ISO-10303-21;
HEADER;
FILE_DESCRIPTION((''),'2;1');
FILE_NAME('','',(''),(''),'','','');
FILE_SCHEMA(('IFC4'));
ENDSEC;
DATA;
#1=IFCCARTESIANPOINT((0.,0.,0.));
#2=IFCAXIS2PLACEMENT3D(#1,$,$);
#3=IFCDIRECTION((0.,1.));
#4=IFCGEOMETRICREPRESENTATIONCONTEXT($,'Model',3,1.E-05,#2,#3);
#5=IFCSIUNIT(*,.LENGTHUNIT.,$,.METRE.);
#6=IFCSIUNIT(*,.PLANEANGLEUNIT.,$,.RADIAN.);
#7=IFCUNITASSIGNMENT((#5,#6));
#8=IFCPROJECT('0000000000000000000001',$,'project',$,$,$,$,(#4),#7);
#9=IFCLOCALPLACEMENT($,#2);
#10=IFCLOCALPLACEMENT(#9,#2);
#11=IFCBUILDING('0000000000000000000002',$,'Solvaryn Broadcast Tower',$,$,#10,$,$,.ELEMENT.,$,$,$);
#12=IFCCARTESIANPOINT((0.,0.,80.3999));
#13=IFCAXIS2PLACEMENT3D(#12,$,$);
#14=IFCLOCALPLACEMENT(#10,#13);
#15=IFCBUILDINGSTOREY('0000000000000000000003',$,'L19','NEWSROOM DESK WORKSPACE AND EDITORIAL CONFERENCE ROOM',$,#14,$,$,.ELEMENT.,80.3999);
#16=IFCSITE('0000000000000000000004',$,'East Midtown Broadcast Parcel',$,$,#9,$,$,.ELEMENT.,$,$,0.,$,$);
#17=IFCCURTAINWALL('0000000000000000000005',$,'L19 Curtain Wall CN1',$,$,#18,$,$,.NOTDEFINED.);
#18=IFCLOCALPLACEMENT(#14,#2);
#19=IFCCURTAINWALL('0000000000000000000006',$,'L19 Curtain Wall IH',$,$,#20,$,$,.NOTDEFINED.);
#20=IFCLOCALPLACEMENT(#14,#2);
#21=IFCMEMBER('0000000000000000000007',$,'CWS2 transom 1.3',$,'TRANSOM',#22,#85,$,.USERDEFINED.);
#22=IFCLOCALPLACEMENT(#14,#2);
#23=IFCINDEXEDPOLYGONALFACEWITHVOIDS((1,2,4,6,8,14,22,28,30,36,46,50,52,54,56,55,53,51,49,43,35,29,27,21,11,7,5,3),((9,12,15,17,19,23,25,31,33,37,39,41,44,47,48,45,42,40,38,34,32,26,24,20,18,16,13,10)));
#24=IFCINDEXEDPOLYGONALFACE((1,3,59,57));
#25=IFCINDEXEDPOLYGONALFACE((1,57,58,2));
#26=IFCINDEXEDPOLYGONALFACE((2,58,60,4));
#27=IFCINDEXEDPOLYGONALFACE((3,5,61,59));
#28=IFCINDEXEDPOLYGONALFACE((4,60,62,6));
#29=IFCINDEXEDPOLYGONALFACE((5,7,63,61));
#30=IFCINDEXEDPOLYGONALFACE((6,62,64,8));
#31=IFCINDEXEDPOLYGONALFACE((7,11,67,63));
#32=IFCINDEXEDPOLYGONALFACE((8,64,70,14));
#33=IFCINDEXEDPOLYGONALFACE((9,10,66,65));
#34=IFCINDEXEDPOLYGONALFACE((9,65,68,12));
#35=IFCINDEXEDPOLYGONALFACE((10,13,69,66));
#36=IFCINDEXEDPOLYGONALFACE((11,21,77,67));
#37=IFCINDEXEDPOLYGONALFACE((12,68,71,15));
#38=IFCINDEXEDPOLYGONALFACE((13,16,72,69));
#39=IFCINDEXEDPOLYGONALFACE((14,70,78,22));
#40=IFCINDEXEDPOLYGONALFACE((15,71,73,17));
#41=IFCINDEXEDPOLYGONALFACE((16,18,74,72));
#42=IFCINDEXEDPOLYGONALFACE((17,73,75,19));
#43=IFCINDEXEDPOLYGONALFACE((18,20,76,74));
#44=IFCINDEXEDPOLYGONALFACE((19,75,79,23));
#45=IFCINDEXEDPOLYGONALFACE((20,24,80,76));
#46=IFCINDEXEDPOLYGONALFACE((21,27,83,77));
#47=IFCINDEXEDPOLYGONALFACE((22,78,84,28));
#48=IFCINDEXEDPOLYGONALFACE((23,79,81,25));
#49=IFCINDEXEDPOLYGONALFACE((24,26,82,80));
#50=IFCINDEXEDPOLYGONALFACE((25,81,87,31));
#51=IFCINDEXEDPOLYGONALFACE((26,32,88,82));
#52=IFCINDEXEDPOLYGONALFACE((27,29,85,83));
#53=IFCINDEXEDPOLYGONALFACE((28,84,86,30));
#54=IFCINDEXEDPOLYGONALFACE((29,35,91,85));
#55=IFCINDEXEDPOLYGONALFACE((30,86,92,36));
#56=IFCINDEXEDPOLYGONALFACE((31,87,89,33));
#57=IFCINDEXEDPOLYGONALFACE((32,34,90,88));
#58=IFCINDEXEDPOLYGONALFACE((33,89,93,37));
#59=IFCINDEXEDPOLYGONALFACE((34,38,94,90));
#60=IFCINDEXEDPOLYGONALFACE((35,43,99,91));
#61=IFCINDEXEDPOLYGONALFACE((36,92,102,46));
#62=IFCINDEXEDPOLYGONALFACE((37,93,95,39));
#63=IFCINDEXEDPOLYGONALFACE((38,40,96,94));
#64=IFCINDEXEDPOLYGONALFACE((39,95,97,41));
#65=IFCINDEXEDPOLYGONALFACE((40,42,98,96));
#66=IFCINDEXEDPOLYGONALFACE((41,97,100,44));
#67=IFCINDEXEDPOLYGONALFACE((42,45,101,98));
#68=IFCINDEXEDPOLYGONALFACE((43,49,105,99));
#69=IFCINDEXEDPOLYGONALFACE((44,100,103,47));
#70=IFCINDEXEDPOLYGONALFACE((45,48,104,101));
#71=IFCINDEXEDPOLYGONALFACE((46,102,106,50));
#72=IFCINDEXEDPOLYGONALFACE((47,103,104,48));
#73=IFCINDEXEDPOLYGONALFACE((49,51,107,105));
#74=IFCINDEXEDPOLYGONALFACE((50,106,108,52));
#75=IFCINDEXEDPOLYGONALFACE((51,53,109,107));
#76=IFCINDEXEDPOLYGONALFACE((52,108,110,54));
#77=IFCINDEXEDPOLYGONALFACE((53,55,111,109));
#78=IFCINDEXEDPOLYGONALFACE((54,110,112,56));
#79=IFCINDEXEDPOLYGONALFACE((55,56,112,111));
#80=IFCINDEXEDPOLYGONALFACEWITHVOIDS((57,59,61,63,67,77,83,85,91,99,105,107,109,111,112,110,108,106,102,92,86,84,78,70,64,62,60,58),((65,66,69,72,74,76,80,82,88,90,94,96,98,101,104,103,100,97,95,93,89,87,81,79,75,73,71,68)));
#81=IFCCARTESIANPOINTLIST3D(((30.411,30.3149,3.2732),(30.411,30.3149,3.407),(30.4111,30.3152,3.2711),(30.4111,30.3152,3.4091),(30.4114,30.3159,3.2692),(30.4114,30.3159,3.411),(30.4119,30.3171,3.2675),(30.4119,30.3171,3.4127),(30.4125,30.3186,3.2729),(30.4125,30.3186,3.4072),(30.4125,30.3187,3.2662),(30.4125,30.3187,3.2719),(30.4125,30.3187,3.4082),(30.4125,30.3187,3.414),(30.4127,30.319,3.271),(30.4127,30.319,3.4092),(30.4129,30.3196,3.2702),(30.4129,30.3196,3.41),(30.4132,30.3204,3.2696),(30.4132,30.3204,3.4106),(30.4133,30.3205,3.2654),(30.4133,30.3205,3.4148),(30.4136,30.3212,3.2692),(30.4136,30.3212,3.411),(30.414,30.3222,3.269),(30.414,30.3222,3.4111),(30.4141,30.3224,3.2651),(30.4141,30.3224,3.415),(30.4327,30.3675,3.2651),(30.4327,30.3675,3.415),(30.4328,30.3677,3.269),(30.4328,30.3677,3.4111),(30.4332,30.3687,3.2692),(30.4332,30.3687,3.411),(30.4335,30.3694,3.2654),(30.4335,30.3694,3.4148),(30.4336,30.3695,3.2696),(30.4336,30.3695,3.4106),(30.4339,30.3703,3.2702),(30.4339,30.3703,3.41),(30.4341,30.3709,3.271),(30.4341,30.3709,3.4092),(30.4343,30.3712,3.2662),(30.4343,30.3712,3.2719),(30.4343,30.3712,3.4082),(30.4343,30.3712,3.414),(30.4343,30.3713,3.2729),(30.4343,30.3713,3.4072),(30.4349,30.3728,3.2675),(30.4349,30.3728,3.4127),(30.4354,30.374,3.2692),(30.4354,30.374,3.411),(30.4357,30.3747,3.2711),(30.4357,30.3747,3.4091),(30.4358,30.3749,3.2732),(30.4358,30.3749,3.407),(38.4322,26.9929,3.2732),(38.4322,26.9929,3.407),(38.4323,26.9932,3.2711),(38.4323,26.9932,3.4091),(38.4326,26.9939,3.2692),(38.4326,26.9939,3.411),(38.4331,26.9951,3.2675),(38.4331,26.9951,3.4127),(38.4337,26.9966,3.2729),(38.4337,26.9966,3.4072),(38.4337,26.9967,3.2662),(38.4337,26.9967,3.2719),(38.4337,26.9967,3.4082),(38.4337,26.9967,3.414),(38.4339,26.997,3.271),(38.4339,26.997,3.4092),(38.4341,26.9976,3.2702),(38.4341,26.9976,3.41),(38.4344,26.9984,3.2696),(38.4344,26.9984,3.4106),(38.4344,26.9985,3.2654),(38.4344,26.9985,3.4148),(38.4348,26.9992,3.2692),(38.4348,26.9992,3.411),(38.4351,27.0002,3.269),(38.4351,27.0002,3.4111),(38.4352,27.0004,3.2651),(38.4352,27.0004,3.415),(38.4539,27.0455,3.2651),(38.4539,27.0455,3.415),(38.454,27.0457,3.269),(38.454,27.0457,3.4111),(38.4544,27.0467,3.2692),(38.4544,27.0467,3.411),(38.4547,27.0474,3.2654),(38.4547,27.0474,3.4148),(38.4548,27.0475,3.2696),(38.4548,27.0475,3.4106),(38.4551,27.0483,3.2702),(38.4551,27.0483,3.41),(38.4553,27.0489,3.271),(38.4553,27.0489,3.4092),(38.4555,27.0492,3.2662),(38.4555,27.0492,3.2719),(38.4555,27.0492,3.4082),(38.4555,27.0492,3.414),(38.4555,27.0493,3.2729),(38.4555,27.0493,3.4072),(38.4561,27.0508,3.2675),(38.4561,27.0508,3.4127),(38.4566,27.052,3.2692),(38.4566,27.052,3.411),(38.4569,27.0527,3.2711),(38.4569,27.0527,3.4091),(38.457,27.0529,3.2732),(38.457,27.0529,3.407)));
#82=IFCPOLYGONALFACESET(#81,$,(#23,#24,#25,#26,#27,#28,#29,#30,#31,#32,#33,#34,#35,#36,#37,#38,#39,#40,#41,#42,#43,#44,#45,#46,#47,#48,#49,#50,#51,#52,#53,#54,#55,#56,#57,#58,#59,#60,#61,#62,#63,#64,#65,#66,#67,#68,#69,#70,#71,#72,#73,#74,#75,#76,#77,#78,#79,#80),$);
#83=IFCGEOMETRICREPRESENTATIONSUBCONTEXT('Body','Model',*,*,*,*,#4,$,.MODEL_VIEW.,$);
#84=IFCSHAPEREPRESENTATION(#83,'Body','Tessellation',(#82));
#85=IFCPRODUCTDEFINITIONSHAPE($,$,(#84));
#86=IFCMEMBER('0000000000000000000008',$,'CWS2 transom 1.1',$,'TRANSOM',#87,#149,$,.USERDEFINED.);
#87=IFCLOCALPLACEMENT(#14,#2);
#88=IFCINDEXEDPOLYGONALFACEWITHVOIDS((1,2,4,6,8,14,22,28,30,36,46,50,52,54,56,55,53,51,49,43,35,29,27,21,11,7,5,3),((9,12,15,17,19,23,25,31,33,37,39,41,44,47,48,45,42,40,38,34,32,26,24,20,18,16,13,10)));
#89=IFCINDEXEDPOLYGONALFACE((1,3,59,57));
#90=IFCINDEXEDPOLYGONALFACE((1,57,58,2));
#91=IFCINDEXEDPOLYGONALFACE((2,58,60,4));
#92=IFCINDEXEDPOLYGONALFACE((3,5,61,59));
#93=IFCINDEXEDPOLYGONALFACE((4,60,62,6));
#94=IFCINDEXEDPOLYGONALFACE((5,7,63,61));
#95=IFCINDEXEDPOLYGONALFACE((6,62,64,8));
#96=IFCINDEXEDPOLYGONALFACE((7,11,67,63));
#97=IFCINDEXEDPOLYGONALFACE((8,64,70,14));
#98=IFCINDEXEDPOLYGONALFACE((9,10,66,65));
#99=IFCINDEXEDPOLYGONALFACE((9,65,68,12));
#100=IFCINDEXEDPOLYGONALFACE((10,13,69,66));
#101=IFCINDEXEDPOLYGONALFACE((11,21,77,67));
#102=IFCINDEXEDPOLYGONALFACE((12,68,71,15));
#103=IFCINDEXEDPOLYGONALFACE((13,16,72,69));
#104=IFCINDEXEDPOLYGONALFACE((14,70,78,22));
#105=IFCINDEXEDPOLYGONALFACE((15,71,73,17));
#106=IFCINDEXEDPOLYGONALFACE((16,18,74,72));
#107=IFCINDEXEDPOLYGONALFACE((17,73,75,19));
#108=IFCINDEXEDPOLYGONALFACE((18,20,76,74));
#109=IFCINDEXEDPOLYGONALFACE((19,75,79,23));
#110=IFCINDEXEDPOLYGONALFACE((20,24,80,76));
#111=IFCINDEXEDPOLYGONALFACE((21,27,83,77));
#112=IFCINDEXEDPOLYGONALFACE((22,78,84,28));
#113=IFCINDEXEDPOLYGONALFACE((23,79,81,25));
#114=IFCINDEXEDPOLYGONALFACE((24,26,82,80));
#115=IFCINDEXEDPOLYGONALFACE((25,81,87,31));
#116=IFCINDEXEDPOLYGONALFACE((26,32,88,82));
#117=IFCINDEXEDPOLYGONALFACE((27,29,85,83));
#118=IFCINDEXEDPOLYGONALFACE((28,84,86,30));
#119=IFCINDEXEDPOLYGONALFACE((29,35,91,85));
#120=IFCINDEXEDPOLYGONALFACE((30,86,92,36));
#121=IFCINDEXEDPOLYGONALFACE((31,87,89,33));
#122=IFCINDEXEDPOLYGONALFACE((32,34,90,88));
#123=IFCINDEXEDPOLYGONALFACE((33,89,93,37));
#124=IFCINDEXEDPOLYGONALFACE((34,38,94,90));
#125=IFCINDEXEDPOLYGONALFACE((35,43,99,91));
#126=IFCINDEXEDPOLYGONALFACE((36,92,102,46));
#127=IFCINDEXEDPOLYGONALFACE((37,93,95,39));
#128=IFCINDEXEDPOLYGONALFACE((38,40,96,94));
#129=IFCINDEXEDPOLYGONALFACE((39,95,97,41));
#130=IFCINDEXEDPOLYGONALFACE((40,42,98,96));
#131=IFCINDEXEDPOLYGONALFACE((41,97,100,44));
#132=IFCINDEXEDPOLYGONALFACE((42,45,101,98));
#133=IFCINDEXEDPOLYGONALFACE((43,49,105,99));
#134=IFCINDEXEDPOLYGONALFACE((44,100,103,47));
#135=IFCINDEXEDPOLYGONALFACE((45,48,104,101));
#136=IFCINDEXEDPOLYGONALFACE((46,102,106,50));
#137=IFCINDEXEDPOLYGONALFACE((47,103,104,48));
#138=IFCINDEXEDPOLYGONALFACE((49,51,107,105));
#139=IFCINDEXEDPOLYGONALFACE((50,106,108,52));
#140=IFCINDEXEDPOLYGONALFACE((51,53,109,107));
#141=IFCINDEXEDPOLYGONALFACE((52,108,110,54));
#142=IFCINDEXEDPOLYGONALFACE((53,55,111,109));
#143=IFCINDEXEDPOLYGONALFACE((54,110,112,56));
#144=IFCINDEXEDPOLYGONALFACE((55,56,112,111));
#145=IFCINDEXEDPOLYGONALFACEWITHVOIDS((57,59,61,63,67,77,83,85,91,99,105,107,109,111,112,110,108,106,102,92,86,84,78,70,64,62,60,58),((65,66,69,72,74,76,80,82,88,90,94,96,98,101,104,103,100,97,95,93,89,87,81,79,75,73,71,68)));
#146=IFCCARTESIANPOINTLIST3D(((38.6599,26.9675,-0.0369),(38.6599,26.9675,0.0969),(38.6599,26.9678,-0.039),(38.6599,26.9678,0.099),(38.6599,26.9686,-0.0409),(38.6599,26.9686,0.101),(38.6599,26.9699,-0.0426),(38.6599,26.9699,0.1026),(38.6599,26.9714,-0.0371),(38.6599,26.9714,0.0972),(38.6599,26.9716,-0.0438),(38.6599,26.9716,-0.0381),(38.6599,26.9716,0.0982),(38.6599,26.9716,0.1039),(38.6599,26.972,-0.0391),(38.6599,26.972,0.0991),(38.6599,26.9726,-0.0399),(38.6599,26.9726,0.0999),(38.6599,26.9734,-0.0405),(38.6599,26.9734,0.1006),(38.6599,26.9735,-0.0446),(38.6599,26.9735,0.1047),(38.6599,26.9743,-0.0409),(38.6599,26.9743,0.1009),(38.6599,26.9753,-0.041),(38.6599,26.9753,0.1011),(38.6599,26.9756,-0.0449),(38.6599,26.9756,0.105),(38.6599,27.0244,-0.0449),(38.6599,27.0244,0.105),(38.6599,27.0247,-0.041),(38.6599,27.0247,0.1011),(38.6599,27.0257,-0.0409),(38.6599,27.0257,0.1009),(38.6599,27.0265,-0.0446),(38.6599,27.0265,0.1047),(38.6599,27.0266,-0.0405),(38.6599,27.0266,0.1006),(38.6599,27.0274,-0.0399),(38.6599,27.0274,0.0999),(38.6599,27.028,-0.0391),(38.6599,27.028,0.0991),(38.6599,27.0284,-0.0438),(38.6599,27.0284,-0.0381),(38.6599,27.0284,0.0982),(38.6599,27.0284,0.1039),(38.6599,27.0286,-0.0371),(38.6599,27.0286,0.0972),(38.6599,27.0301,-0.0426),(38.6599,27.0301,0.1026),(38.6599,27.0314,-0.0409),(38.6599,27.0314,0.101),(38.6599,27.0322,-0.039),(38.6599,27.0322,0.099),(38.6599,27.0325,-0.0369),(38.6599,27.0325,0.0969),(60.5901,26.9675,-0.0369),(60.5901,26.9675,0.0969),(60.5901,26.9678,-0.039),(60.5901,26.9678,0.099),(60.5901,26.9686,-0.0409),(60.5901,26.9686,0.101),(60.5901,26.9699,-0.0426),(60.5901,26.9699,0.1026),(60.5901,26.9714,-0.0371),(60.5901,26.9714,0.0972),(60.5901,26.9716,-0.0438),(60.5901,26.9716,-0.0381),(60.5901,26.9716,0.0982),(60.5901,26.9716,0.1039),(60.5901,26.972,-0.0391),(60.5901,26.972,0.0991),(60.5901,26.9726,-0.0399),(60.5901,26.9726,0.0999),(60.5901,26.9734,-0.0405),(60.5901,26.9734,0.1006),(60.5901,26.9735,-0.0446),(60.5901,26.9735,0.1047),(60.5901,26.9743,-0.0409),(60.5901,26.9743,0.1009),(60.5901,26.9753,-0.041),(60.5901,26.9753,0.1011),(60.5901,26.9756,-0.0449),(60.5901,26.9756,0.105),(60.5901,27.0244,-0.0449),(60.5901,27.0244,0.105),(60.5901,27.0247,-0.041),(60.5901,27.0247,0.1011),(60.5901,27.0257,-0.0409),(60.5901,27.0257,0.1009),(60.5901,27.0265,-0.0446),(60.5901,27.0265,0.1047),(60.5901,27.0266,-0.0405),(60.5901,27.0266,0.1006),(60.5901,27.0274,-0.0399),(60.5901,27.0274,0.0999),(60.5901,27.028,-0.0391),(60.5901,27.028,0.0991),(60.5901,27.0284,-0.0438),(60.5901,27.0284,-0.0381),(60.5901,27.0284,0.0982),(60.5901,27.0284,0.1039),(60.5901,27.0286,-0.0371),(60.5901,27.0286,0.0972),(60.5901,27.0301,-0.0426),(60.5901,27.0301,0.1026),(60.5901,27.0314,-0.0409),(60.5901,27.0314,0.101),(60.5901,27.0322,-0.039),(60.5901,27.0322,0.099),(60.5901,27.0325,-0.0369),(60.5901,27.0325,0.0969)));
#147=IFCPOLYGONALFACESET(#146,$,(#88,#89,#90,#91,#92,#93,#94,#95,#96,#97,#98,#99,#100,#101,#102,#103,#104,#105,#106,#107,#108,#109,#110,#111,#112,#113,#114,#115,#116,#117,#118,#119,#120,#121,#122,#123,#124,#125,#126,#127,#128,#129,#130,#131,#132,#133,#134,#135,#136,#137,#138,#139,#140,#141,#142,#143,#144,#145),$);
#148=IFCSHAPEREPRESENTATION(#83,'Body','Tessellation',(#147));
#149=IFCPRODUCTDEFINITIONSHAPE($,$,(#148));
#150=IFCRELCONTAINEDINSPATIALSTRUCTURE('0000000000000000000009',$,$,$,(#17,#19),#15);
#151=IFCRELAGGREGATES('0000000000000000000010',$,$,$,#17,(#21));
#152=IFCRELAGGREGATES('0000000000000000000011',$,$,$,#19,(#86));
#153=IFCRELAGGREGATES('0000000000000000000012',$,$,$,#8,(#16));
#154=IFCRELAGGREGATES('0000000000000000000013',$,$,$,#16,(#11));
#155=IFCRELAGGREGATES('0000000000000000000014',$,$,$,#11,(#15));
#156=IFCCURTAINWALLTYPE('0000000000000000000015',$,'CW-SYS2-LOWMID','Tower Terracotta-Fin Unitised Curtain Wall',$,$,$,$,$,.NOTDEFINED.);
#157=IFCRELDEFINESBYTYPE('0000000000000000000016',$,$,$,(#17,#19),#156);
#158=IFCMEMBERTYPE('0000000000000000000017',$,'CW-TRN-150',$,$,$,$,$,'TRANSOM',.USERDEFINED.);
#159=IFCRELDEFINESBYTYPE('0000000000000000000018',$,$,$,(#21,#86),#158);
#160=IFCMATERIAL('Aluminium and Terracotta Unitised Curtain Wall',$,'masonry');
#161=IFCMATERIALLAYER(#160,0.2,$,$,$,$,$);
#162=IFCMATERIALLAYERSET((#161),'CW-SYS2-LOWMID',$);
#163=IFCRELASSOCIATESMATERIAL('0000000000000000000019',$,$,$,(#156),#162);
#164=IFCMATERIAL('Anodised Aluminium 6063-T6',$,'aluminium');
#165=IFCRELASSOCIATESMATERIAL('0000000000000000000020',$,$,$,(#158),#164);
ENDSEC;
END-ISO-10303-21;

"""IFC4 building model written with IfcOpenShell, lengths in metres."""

from ifc_helpers import new_model, si_unit, direction, frame, origin, origin_2d, place, context, subcontext, project, spatial, hollow_rectangle, extrude, material, layer, layer_set, material_profile, profile_set, type_object, element, aggregate, save


model = new_model("IFC4")

# Units and contexts
model_context = context("Model", 3, precision=1e-05, world=origin(), true_north=direction((0.0, 1.0)))
body_context = subcontext(model_context, "Body", "Model", "MODEL_VIEW")
ifc_project = project(units=[si_unit("LENGTHUNIT", "METRE"), si_unit("PLANEANGLEUNIT", "RADIAN")], contexts=[model_context])

# Site, building, storey
site_placement = place(None, origin())
site = spatial("IfcSite", under=ifc_project, at=site_placement, Name="East Midtown Broadcast Parcel", CompositionType="ELEMENT", RefElevation=0.0)
building_placement = place(site_placement, origin())
building = spatial("IfcBuilding", under=site, at=building_placement, Name="Solvaryn Broadcast Tower", CompositionType="ELEMENT")
storey_placement = place(building_placement, frame((0.0, 0.0, 80.3999)))
storey = spatial("IfcBuildingStorey", under=building, at=storey_placement, Name="L19", Description="NEWSROOM DESK WORKSPACE AND EDITORIAL CONFERENCE ROOM", CompositionType="ELEMENT", Elevation=80.3999)

# Curtain walls
ifc_material_1 = material(Name="Aluminium and Terracotta Unitised Curtain Wall", Category="masonry")
ifc_layer_1 = layer(ifc_material_1, 0.2)
ifc_layer_set_1 = layer_set([ifc_layer_1], Name="CW-SYS2-LOWMID")
curtain_wall_type = type_object("IfcCurtainWallType", Name="CW-SYS2-LOWMID", Description="Tower Terracotta-Fin Unitised Curtain Wall", PredefinedType="NOTDEFINED", material=ifc_layer_set_1)
curtain_wall_1_placement = place(storey_placement, origin())
curtain_wall_1 = element("IfcCurtainWall", 1, at=curtain_wall_1_placement, inside=storey, type_object=curtain_wall_type, Name="L19 Curtain Wall CN1", PredefinedType="NOTDEFINED")
curtain_wall_2_placement = place(storey_placement, origin())
curtain_wall_2 = element("IfcCurtainWall", 2, at=curtain_wall_2_placement, inside=storey, type_object=curtain_wall_type, Name="L19 Curtain Wall IH", PredefinedType="NOTDEFINED")

# Members
ifc_material_2 = material(Name="Anodised Aluminium 6063-T6", Category="aluminium")
ifc_material_profile_1 = material_profile(ifc_material_2, hollow_rectangle(XDim=0.0649, YDim=0.1499, WallThickness=0.0039, InnerFilletRadius=0.0039, OuterFilletRadius=0.0081, at=origin_2d()))
ifc_profile_set_1 = profile_set([ifc_material_profile_1], Name="Anodised Aluminium 6063-T6")
member_type_1 = type_object("IfcMemberType", Name="CW-TRN-150", ElementType="TRANSOM", PredefinedType="USERDEFINED", material=ifc_profile_set_1)
member_1_placement = place(storey_placement, frame((38.4446, 27.0229, 3.3401), z_axis=(-0.923899, 0.382636, 0.0), x_axis=(-0.382636, -0.923899, 0.0)))
member_1 = element("IfcMember", 3, at=member_1_placement, type_object=member_type_1, Name="CWS2 transom 1.3", ObjectType="TRANSOM", PredefinedType="USERDEFINED", context=body_context, shape_type="SweptSolid", body=[
    extrude(hollow_rectangle(XDim=0.0649, YDim=0.1499, WallThickness=0.0039, InnerFilletRadius=0.0039, OuterFilletRadius=0.0081, at=origin_2d()), origin(), (0.0, 0.0, 1.0), 8.6819),
])
aggregate(curtain_wall_1, [member_1])
member_2_placement = place(storey_placement, frame((38.6599, 27.0, 0.03), z_axis=(1.0, 0.0, 0.0), x_axis=(0.0, 1.0, 0.0)))
member_2 = element("IfcMember", 4, at=member_2_placement, type_object=member_type_1, Name="CWS2 transom 1.1", ObjectType="TRANSOM", PredefinedType="USERDEFINED", context=body_context, shape_type="SweptSolid", body=[
    extrude(hollow_rectangle(XDim=0.0649, YDim=0.1499, WallThickness=0.0039, InnerFilletRadius=0.0039, OuterFilletRadius=0.0081, at=origin_2d()), origin(), (0.0, 0.0, 1.0), 21.9302),
])
aggregate(curtain_wall_2, [member_2])

save(model, "model.ifc")
